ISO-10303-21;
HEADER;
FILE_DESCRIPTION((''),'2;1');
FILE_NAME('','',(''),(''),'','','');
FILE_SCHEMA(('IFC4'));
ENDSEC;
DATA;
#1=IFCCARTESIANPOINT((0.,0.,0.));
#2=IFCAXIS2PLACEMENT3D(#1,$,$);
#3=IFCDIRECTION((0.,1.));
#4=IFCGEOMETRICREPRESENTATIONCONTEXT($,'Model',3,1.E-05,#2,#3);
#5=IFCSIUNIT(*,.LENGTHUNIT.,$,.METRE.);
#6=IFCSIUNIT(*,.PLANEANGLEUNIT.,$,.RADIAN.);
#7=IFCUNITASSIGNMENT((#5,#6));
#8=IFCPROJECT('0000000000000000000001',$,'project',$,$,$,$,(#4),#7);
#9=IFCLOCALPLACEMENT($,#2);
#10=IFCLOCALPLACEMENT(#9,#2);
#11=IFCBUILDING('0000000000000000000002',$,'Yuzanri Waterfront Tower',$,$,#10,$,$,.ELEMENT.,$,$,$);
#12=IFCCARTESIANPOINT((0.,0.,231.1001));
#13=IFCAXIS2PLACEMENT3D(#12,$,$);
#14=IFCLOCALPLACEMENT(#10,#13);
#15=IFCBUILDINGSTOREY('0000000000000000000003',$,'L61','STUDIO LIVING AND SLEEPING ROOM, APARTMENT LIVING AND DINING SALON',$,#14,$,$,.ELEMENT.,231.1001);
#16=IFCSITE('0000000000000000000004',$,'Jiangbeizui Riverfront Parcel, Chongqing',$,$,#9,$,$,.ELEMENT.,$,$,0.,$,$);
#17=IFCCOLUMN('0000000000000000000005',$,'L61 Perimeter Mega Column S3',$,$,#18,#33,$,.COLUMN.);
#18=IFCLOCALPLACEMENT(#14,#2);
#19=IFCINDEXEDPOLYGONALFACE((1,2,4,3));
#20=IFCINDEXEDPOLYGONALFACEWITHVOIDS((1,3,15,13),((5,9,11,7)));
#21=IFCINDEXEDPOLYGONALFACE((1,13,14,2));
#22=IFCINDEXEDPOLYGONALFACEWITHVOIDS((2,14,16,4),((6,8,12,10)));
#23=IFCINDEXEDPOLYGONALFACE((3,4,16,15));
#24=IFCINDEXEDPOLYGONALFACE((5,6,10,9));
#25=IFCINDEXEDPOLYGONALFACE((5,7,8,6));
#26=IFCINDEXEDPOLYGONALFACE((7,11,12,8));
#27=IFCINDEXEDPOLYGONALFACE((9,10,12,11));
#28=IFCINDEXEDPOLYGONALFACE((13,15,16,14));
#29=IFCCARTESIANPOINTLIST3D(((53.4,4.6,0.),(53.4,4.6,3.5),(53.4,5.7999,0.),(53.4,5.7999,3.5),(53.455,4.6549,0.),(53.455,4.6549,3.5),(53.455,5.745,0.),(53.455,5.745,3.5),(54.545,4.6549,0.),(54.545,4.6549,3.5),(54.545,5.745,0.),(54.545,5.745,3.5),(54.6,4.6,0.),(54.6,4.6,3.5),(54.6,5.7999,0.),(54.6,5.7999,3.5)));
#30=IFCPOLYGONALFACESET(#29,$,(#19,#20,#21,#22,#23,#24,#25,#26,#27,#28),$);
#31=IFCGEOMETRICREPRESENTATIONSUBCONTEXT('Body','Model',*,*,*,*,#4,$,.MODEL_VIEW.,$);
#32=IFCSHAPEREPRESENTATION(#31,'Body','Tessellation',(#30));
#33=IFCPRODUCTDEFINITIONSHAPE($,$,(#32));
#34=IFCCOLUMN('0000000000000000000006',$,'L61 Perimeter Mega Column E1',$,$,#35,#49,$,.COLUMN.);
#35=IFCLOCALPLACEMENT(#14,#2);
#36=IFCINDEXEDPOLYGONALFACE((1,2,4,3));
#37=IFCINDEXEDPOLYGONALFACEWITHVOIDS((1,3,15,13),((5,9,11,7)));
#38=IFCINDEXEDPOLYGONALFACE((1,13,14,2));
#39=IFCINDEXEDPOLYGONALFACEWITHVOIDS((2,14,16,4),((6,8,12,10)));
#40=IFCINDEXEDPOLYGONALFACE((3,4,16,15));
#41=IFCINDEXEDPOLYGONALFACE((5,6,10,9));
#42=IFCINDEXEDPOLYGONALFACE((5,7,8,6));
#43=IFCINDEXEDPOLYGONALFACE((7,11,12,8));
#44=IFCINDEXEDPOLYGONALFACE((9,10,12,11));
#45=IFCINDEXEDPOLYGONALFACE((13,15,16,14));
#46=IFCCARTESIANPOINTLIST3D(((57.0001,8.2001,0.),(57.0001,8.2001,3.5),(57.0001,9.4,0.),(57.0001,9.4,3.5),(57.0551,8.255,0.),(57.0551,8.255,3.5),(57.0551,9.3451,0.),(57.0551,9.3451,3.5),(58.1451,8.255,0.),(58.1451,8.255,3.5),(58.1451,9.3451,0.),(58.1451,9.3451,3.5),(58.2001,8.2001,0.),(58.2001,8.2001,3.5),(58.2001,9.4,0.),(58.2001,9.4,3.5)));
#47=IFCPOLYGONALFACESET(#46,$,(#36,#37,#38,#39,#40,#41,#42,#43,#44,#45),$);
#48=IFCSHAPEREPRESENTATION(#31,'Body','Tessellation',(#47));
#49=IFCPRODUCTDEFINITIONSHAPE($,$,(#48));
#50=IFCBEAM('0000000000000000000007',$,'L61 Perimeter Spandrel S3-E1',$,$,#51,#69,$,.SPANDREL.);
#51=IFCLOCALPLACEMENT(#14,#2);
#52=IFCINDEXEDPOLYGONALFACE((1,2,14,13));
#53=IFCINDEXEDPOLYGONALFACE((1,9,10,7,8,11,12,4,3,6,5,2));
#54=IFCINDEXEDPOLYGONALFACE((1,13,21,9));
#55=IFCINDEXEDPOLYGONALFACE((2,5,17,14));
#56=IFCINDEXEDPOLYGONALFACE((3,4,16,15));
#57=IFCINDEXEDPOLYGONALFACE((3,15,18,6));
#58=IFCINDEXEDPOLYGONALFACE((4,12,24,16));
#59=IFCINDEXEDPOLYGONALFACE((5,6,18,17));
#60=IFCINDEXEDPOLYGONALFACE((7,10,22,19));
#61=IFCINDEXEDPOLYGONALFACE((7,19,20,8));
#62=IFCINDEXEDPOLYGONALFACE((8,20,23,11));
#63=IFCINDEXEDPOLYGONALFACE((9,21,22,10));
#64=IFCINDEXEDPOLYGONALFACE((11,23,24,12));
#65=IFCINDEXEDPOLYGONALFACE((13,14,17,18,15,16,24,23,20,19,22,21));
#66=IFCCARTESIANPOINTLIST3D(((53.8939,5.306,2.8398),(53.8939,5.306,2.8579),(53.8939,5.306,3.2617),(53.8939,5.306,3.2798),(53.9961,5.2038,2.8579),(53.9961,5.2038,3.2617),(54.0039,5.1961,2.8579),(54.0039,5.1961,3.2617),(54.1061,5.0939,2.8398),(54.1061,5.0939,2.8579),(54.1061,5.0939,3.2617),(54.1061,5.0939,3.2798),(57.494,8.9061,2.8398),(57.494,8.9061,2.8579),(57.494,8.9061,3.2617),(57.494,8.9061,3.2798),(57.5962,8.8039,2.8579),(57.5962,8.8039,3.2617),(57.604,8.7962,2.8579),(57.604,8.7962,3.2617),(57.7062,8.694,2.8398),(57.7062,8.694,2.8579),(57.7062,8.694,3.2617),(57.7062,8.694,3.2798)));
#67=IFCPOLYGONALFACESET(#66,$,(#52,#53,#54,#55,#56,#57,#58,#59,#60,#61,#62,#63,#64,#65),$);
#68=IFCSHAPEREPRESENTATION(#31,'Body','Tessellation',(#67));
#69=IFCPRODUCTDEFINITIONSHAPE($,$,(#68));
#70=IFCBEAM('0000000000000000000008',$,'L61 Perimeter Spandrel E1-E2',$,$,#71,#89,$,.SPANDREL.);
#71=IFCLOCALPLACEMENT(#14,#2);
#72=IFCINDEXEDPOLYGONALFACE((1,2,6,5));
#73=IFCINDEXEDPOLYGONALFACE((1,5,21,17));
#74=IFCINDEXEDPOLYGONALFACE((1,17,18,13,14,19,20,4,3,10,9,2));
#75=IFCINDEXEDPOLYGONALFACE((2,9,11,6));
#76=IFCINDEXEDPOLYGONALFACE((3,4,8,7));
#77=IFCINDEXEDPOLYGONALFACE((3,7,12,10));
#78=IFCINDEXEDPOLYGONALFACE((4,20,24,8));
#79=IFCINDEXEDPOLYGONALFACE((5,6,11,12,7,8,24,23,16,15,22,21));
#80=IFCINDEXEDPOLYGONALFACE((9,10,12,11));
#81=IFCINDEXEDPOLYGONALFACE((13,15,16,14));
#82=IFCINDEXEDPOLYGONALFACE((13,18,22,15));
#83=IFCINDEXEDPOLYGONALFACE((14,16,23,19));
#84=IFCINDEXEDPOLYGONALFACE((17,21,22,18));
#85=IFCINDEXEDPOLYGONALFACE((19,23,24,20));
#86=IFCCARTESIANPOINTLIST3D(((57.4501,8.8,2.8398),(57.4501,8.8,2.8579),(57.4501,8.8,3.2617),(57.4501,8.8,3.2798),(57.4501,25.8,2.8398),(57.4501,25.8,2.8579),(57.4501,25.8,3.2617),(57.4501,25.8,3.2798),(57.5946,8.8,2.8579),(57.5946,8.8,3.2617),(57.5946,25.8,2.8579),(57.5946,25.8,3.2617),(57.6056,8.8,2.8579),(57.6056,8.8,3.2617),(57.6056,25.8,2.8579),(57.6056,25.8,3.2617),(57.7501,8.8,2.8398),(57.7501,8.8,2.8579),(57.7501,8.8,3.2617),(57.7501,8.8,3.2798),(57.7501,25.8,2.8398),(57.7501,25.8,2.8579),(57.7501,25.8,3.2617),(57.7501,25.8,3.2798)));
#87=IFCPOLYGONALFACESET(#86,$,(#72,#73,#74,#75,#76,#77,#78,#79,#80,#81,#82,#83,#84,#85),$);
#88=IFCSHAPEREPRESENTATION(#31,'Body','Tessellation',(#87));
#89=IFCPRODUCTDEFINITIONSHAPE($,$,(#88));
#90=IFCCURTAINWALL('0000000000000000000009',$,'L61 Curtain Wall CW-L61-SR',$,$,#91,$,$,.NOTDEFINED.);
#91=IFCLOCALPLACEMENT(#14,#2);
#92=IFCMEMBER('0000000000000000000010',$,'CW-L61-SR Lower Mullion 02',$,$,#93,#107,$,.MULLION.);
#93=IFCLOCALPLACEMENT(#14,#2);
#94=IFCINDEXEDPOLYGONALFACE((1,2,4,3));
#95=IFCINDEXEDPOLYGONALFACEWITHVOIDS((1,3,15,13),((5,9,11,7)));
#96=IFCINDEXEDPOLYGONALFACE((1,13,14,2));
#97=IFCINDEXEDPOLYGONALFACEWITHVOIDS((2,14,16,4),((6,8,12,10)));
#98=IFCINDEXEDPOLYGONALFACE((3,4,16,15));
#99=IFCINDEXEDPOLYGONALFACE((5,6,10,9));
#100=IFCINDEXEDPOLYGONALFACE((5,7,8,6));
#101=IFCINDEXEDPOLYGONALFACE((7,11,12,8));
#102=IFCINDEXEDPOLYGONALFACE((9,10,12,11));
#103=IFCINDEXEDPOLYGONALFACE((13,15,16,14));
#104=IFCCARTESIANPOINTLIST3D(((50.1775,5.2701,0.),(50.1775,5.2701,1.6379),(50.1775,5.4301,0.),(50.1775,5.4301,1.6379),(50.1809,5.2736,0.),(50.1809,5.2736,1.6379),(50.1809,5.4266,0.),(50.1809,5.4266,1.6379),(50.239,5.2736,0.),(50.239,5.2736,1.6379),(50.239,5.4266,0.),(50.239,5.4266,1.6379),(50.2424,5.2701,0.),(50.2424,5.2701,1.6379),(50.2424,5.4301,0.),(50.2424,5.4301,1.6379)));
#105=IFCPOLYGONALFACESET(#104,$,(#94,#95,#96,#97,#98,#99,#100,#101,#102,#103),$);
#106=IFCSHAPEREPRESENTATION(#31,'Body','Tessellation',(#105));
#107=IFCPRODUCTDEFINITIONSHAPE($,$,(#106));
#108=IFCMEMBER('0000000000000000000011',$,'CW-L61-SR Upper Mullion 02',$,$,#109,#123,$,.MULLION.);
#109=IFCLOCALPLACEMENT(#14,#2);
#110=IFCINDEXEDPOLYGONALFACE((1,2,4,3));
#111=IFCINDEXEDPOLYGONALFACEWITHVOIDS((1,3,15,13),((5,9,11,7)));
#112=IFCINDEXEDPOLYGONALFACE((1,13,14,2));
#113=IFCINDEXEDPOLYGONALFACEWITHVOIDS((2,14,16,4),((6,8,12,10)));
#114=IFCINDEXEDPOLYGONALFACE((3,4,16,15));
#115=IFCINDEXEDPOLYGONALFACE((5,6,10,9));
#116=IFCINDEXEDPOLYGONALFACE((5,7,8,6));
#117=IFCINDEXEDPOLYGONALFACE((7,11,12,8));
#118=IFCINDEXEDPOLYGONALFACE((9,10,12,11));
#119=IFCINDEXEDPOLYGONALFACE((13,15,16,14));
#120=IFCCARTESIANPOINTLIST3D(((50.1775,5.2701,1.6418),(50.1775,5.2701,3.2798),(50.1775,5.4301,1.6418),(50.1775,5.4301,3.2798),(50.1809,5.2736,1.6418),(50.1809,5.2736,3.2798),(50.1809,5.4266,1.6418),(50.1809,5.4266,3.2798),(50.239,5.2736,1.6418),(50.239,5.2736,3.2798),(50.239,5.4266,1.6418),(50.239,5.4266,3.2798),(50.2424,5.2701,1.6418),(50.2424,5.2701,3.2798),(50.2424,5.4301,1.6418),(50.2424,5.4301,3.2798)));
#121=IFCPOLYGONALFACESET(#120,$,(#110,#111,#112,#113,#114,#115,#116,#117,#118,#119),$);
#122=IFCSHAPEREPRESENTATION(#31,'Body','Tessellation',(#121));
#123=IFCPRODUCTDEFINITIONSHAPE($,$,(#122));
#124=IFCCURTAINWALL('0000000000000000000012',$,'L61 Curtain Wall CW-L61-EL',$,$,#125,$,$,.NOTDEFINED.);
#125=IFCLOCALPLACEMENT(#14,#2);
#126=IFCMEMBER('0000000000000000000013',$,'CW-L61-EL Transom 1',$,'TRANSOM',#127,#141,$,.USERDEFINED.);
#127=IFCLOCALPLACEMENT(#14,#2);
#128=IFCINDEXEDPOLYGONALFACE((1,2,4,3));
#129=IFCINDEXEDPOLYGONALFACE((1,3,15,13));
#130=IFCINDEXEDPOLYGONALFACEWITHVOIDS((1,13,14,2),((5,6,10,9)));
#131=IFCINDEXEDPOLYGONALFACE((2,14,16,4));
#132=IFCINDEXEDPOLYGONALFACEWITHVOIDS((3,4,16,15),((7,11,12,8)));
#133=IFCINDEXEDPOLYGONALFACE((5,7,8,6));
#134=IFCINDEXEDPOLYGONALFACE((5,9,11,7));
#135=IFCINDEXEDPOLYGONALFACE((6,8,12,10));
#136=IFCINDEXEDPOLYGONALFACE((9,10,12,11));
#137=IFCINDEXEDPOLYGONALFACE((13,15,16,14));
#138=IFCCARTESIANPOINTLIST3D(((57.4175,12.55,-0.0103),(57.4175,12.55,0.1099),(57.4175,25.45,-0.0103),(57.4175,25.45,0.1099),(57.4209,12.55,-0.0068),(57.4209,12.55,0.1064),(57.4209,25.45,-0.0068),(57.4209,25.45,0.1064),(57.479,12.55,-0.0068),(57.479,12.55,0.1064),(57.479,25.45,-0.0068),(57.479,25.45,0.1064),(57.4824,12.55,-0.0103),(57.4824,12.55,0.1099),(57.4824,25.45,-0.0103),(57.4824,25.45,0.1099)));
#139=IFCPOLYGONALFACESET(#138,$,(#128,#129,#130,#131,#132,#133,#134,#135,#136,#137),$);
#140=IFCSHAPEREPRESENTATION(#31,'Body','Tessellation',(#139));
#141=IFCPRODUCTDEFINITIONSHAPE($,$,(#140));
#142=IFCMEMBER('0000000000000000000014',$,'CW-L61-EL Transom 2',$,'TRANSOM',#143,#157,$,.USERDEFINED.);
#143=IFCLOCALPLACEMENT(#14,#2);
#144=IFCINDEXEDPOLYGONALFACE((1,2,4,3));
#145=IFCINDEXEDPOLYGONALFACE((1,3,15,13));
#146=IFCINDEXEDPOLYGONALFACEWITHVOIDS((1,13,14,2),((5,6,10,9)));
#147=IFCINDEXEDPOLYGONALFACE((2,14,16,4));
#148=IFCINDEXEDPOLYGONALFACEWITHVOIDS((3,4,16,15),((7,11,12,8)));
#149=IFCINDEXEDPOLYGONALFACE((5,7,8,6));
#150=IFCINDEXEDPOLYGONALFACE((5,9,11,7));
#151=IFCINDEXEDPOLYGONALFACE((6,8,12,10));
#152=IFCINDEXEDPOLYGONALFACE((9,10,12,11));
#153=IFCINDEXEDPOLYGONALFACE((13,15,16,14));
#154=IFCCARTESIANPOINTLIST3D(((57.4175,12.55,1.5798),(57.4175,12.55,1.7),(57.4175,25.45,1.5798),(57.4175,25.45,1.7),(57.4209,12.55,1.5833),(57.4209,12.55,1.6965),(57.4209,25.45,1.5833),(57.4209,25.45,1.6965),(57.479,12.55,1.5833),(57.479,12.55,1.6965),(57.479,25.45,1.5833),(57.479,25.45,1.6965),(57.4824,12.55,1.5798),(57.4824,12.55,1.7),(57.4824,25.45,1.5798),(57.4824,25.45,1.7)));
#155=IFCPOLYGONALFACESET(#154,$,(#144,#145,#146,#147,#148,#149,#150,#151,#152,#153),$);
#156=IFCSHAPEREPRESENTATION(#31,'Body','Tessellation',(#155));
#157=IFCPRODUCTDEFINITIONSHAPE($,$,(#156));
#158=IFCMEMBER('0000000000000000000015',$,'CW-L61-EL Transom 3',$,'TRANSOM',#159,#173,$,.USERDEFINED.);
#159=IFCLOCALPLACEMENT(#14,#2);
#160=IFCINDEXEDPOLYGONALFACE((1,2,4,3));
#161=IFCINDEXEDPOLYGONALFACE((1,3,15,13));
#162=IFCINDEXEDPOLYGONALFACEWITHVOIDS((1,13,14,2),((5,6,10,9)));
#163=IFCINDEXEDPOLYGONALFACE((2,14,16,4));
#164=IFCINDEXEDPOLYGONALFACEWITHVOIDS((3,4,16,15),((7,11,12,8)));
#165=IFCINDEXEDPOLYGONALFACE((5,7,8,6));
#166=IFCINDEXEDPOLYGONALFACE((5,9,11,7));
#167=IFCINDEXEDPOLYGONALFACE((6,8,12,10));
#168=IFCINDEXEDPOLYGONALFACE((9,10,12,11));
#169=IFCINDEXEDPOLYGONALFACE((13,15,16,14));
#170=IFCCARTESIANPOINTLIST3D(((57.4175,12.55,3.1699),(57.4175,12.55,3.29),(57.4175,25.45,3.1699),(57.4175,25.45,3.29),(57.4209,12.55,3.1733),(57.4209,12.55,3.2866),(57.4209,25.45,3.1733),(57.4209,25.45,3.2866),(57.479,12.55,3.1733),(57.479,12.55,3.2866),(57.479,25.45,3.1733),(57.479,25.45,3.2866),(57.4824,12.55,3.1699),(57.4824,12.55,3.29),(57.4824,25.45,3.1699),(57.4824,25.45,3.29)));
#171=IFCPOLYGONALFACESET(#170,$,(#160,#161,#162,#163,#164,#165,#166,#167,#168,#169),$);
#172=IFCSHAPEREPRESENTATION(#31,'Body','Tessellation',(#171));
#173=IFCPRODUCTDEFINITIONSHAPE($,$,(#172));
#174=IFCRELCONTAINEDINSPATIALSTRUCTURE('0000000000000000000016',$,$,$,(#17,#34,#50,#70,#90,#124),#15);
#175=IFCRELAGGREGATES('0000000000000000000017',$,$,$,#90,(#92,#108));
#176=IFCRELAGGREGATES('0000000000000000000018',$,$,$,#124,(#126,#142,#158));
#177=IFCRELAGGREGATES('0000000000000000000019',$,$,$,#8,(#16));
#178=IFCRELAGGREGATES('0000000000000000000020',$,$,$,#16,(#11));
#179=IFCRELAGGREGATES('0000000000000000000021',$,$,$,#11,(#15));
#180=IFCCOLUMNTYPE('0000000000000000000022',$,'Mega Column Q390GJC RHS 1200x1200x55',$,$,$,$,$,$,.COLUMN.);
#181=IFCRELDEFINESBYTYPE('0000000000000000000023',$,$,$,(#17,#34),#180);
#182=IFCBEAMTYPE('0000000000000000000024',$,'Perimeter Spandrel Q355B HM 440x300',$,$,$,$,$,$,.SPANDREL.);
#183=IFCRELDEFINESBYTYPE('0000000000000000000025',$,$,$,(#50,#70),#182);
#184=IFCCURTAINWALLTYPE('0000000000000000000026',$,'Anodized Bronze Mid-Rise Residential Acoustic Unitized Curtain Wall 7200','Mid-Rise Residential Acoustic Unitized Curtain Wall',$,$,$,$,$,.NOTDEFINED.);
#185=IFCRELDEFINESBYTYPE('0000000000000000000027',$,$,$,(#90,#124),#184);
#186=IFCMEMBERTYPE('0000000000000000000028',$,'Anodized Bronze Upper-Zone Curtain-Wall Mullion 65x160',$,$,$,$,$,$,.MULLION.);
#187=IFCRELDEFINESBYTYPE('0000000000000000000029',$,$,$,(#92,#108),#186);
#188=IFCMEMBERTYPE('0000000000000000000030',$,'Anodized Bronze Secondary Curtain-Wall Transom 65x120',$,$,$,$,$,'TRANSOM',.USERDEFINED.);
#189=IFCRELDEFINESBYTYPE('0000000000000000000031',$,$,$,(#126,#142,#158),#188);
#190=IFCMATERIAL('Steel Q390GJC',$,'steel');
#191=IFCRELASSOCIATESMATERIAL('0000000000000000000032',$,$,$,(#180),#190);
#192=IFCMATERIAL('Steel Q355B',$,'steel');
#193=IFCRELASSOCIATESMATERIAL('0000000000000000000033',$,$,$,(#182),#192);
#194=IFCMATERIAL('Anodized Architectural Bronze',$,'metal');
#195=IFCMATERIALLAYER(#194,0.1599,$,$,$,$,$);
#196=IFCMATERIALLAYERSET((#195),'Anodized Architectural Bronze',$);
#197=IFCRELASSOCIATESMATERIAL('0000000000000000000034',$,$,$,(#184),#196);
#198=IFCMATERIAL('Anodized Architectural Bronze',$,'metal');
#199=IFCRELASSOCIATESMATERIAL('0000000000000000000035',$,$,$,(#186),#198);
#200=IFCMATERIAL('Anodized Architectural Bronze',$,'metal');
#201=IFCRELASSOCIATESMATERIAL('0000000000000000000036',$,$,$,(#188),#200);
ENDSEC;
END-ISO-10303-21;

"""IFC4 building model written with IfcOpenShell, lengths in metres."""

from ifc_helpers import new_model, si_unit, direction, frame, origin, origin_2d, place, context, subcontext, project, spatial, hollow_rectangle, i_section, extrude, source, transform, mapped, material, layer, layer_set, material_profile, profile_set, type_object, element, aggregate, save


model = new_model("IFC4")

# Units and contexts
model_context = context("Model", 3, precision=1e-05, world=origin(), true_north=direction((0.0, 1.0)))
body_context = subcontext(model_context, "Body", "Model", "MODEL_VIEW")
ifc_project = project(units=[si_unit("LENGTHUNIT", "METRE"), si_unit("PLANEANGLEUNIT", "RADIAN")], contexts=[model_context])

# Site, building, storey
site_placement = place(None, origin())
site = spatial("IfcSite", under=ifc_project, at=site_placement, Name="Jiangbeizui Riverfront Parcel, Chongqing", CompositionType="ELEMENT", RefElevation=0.0)
building_placement = place(site_placement, origin())
building = spatial("IfcBuilding", under=site, at=building_placement, Name="Yuzanri Waterfront Tower", CompositionType="ELEMENT")
storey_placement = place(building_placement, frame((0.0, 0.0, 231.1001)))
storey = spatial("IfcBuildingStorey", under=building, at=storey_placement, Name="L61", Description="STUDIO LIVING AND SLEEPING ROOM, APARTMENT LIVING AND DINING SALON", CompositionType="ELEMENT", Elevation=231.1001)

# Columns
ifc_material_1 = material(Name="Steel Q390GJC", Category="steel")
ifc_material_profile_1 = material_profile(ifc_material_1, hollow_rectangle(XDim=1.2, YDim=1.2, WallThickness=0.0549, at=origin_2d()), Name="RHS 1200x1200x55")
ifc_profile_set_1 = profile_set([ifc_material_profile_1], Name="Steel Q390GJC")
column_type = type_object("IfcColumnType", Name="Mega Column Q390GJC RHS 1200x1200x55", PredefinedType="COLUMN", material=ifc_profile_set_1)
shared_shape_1 = source(origin(), body_context, "Body", "SweptSolid", [
    extrude(hollow_rectangle(XDim=1.2, YDim=1.2, WallThickness=0.0549, at=origin_2d()), origin(), (0.0, 0.0, 1.0), 3.5),
])
for number, where, z_axis, x_axis, name in (
    (1, (54.0, 5.2, 0.0), (0.0, 0.0, 1.0), (1.0, 0.0, 0.0), "L61 Perimeter Mega Column S3"),
    (2, (57.6001, 8.8, 0.0), (0.0, 0.0, 1.0), (1.0, 0.0, 0.0), "L61 Perimeter Mega Column E1"),
):
    element("IfcColumn", number, at=place(storey_placement, frame(where, z_axis=z_axis, x_axis=x_axis)), inside=storey, type_object=column_type, Name=name, PredefinedType="COLUMN", context=body_context, shape_type="MappedRepresentation", body=[
        mapped(shared_shape_1, transform((0.0, 0.0, 0.0), scale=1.0)),
    ])

# Beams
ifc_material_2 = material(Name="Steel Q355B", Category="steel")
ifc_material_profile_2 = material_profile(ifc_material_2, i_section(OverallWidth=0.3, OverallDepth=0.4399, WebThickness=0.011, FlangeThickness=0.0181, at=origin_2d()), Name="HM 440x300x11x18")
ifc_profile_set_2 = profile_set([ifc_material_profile_2], Name="Steel Q355B")
beam_type = type_object("IfcBeamType", Name="Perimeter Spandrel Q355B HM 440x300", PredefinedType="SPANDREL", material=ifc_profile_set_2)
shared_shape_2 = source(origin(), body_context, "Body", "SweptSolid", [
    extrude(i_section(OverallWidth=0.3, OverallDepth=0.4399, WebThickness=0.011, FlangeThickness=0.0181, at=origin_2d()), origin(), (0.0, 0.0, 1.0), 5.0913),
])
beam_1_placement = place(storey_placement, frame((54.0, 5.2, 3.0598), z_axis=(0.707107, 0.707107, 0.0), x_axis=(-0.707107, 0.707107, 0.0)))
element("IfcBeam", 3, at=beam_1_placement, inside=storey, type_object=beam_type, Name="L61 Perimeter Spandrel S3-E1", PredefinedType="SPANDREL", context=body_context, shape_type="MappedRepresentation", body=[
    mapped(shared_shape_2, transform((0.0, 0.0, 0.0), scale=1.0)),
])
shared_shape_3 = source(origin(), body_context, "Body", "SweptSolid", [
    extrude(i_section(OverallWidth=0.3, OverallDepth=0.4399, WebThickness=0.011, FlangeThickness=0.0181, at=origin_2d()), origin(), (0.0, 0.0, 1.0), 17.0),
])
beam_2_placement = place(storey_placement, frame((57.6001, 8.8, 3.0598), z_axis=(0.0, 1.0, 0.0), x_axis=(-1.0, 0.0, 0.0)))
element("IfcBeam", 4, at=beam_2_placement, inside=storey, type_object=beam_type, Name="L61 Perimeter Spandrel E1-E2", PredefinedType="SPANDREL", context=body_context, shape_type="MappedRepresentation", body=[
    mapped(shared_shape_3, transform((0.0, 0.0, 0.0), scale=1.0)),
])

# Curtain walls, members
ifc_material_3 = material(Name="Anodized Architectural Bronze", Category="metal")
ifc_layer_1 = layer(ifc_material_3, 0.1599)
ifc_layer_set_1 = layer_set([ifc_layer_1], Name="Anodized Architectural Bronze")
curtain_wall_type = type_object("IfcCurtainWallType", Name="Anodized Bronze Mid-Rise Residential Acoustic Unitized Curtain Wall 7200", Description="Mid-Rise Residential Acoustic Unitized Curtain Wall", PredefinedType="NOTDEFINED", material=ifc_layer_set_1)
curtain_wall_1_placement = place(storey_placement, origin())
curtain_wall_1 = element("IfcCurtainWall", 5, at=curtain_wall_1_placement, inside=storey, type_object=curtain_wall_type, Name="L61 Curtain Wall CW-L61-SR", PredefinedType="NOTDEFINED")
ifc_material_4 = material(Name="Anodized Architectural Bronze", Category="metal")
ifc_material_profile_3 = material_profile(ifc_material_4, hollow_rectangle(XDim=0.0649, YDim=0.1599, WallThickness=0.0034, at=origin_2d()), Name="CWM 65x160")
ifc_profile_set_3 = profile_set([ifc_material_profile_3], Name="Anodized Architectural Bronze")
member_type_1 = type_object("IfcMemberType", Name="Anodized Bronze Upper-Zone Curtain-Wall Mullion 65x160", PredefinedType="MULLION", material=ifc_profile_set_3)
shared_shape_4 = source(origin(), body_context, "Body", "SweptSolid", [
    extrude(hollow_rectangle(XDim=0.0649, YDim=0.1599, WallThickness=0.0034, at=origin_2d()), origin(), (0.0, 0.0, 1.0), 1.6379),
])
member_1_placement = place(storey_placement, frame((50.21, 5.3501, 0.0), z_axis=(0.0, 0.0, 1.0), x_axis=(1.0, 0.0, 0.0)))
member_1 = element("IfcMember", 6, at=member_1_placement, type_object=member_type_1, Name="CW-L61-SR Lower Mullion 02", PredefinedType="MULLION", context=body_context, shape_type="MappedRepresentation", body=[
    mapped(shared_shape_4, transform((0.0, 0.0, 0.0), scale=1.0)),
])
member_2_placement = place(storey_placement, frame((50.21, 5.3501, 1.6418), z_axis=(0.0, 0.0, 1.0), x_axis=(1.0, 0.0, 0.0)))
member_2 = element("IfcMember", 7, at=member_2_placement, type_object=member_type_1, Name="CW-L61-SR Upper Mullion 02", PredefinedType="MULLION", context=body_context, shape_type="MappedRepresentation", body=[
    mapped(shared_shape_4, transform((0.0, 0.0, 0.0), scale=1.0)),
])
aggregate(curtain_wall_1, [member_1, member_2])
curtain_wall_2_placement = place(storey_placement, origin())
curtain_wall_2 = element("IfcCurtainWall", 8, at=curtain_wall_2_placement, inside=storey, type_object=curtain_wall_type, Name="L61 Curtain Wall CW-L61-EL", PredefinedType="NOTDEFINED")
ifc_material_5 = material(Name="Anodized Architectural Bronze", Category="metal")
ifc_material_profile_4 = material_profile(ifc_material_5, hollow_rectangle(XDim=0.0649, YDim=0.1201, WallThickness=0.0034, at=origin_2d()), Name="CWT 65x120")
ifc_profile_set_4 = profile_set([ifc_material_profile_4], Name="Anodized Architectural Bronze")
member_type_2 = type_object("IfcMemberType", Name="Anodized Bronze Secondary Curtain-Wall Transom 65x120", ElementType="TRANSOM", PredefinedType="USERDEFINED", material=ifc_profile_set_4)
shared_shape_5 = source(origin(), body_context, "Body", "SweptSolid", [
    extrude(hollow_rectangle(XDim=0.0649, YDim=0.1201, WallThickness=0.0034, at=origin_2d()), origin(), (0.0, 0.0, 1.0), 12.8999),
])
member_3_placement = place(storey_placement, frame((57.45, 12.55, 0.0498), z_axis=(0.0, 1.0, 0.0), x_axis=(-1.0, 0.0, 0.0)))
member_3 = element("IfcMember", 9, at=member_3_placement, type_object=member_type_2, Name="CW-L61-EL Transom 1", ObjectType="TRANSOM", PredefinedType="USERDEFINED", context=body_context, shape_type="MappedRepresentation", body=[
    mapped(shared_shape_5, transform((0.0, 0.0, 0.0), scale=1.0)),
])
member_4_placement = place(storey_placement, frame((57.45, 12.55, 1.6399), z_axis=(0.0, 1.0, 0.0), x_axis=(-1.0, 0.0, 0.0)))
member_4 = element("IfcMember", 10, at=member_4_placement, type_object=member_type_2, Name="CW-L61-EL Transom 2", ObjectType="TRANSOM", PredefinedType="USERDEFINED", context=body_context, shape_type="MappedRepresentation", body=[
    mapped(shared_shape_5, transform((0.0, 0.0, 0.0), scale=1.0)),
])
member_5_placement = place(storey_placement, frame((57.45, 12.55, 3.23), z_axis=(0.0, 1.0, 0.0), x_axis=(-1.0, 0.0, 0.0)))
member_5 = element("IfcMember", 11, at=member_5_placement, type_object=member_type_2, Name="CW-L61-EL Transom 3", ObjectType="TRANSOM", PredefinedType="USERDEFINED", context=body_context, shape_type="MappedRepresentation", body=[
    mapped(shared_shape_5, transform((0.0, 0.0, 0.0), scale=1.0)),
])
aggregate(curtain_wall_2, [member_3, member_4, member_5])

save(model, "model.ifc")
